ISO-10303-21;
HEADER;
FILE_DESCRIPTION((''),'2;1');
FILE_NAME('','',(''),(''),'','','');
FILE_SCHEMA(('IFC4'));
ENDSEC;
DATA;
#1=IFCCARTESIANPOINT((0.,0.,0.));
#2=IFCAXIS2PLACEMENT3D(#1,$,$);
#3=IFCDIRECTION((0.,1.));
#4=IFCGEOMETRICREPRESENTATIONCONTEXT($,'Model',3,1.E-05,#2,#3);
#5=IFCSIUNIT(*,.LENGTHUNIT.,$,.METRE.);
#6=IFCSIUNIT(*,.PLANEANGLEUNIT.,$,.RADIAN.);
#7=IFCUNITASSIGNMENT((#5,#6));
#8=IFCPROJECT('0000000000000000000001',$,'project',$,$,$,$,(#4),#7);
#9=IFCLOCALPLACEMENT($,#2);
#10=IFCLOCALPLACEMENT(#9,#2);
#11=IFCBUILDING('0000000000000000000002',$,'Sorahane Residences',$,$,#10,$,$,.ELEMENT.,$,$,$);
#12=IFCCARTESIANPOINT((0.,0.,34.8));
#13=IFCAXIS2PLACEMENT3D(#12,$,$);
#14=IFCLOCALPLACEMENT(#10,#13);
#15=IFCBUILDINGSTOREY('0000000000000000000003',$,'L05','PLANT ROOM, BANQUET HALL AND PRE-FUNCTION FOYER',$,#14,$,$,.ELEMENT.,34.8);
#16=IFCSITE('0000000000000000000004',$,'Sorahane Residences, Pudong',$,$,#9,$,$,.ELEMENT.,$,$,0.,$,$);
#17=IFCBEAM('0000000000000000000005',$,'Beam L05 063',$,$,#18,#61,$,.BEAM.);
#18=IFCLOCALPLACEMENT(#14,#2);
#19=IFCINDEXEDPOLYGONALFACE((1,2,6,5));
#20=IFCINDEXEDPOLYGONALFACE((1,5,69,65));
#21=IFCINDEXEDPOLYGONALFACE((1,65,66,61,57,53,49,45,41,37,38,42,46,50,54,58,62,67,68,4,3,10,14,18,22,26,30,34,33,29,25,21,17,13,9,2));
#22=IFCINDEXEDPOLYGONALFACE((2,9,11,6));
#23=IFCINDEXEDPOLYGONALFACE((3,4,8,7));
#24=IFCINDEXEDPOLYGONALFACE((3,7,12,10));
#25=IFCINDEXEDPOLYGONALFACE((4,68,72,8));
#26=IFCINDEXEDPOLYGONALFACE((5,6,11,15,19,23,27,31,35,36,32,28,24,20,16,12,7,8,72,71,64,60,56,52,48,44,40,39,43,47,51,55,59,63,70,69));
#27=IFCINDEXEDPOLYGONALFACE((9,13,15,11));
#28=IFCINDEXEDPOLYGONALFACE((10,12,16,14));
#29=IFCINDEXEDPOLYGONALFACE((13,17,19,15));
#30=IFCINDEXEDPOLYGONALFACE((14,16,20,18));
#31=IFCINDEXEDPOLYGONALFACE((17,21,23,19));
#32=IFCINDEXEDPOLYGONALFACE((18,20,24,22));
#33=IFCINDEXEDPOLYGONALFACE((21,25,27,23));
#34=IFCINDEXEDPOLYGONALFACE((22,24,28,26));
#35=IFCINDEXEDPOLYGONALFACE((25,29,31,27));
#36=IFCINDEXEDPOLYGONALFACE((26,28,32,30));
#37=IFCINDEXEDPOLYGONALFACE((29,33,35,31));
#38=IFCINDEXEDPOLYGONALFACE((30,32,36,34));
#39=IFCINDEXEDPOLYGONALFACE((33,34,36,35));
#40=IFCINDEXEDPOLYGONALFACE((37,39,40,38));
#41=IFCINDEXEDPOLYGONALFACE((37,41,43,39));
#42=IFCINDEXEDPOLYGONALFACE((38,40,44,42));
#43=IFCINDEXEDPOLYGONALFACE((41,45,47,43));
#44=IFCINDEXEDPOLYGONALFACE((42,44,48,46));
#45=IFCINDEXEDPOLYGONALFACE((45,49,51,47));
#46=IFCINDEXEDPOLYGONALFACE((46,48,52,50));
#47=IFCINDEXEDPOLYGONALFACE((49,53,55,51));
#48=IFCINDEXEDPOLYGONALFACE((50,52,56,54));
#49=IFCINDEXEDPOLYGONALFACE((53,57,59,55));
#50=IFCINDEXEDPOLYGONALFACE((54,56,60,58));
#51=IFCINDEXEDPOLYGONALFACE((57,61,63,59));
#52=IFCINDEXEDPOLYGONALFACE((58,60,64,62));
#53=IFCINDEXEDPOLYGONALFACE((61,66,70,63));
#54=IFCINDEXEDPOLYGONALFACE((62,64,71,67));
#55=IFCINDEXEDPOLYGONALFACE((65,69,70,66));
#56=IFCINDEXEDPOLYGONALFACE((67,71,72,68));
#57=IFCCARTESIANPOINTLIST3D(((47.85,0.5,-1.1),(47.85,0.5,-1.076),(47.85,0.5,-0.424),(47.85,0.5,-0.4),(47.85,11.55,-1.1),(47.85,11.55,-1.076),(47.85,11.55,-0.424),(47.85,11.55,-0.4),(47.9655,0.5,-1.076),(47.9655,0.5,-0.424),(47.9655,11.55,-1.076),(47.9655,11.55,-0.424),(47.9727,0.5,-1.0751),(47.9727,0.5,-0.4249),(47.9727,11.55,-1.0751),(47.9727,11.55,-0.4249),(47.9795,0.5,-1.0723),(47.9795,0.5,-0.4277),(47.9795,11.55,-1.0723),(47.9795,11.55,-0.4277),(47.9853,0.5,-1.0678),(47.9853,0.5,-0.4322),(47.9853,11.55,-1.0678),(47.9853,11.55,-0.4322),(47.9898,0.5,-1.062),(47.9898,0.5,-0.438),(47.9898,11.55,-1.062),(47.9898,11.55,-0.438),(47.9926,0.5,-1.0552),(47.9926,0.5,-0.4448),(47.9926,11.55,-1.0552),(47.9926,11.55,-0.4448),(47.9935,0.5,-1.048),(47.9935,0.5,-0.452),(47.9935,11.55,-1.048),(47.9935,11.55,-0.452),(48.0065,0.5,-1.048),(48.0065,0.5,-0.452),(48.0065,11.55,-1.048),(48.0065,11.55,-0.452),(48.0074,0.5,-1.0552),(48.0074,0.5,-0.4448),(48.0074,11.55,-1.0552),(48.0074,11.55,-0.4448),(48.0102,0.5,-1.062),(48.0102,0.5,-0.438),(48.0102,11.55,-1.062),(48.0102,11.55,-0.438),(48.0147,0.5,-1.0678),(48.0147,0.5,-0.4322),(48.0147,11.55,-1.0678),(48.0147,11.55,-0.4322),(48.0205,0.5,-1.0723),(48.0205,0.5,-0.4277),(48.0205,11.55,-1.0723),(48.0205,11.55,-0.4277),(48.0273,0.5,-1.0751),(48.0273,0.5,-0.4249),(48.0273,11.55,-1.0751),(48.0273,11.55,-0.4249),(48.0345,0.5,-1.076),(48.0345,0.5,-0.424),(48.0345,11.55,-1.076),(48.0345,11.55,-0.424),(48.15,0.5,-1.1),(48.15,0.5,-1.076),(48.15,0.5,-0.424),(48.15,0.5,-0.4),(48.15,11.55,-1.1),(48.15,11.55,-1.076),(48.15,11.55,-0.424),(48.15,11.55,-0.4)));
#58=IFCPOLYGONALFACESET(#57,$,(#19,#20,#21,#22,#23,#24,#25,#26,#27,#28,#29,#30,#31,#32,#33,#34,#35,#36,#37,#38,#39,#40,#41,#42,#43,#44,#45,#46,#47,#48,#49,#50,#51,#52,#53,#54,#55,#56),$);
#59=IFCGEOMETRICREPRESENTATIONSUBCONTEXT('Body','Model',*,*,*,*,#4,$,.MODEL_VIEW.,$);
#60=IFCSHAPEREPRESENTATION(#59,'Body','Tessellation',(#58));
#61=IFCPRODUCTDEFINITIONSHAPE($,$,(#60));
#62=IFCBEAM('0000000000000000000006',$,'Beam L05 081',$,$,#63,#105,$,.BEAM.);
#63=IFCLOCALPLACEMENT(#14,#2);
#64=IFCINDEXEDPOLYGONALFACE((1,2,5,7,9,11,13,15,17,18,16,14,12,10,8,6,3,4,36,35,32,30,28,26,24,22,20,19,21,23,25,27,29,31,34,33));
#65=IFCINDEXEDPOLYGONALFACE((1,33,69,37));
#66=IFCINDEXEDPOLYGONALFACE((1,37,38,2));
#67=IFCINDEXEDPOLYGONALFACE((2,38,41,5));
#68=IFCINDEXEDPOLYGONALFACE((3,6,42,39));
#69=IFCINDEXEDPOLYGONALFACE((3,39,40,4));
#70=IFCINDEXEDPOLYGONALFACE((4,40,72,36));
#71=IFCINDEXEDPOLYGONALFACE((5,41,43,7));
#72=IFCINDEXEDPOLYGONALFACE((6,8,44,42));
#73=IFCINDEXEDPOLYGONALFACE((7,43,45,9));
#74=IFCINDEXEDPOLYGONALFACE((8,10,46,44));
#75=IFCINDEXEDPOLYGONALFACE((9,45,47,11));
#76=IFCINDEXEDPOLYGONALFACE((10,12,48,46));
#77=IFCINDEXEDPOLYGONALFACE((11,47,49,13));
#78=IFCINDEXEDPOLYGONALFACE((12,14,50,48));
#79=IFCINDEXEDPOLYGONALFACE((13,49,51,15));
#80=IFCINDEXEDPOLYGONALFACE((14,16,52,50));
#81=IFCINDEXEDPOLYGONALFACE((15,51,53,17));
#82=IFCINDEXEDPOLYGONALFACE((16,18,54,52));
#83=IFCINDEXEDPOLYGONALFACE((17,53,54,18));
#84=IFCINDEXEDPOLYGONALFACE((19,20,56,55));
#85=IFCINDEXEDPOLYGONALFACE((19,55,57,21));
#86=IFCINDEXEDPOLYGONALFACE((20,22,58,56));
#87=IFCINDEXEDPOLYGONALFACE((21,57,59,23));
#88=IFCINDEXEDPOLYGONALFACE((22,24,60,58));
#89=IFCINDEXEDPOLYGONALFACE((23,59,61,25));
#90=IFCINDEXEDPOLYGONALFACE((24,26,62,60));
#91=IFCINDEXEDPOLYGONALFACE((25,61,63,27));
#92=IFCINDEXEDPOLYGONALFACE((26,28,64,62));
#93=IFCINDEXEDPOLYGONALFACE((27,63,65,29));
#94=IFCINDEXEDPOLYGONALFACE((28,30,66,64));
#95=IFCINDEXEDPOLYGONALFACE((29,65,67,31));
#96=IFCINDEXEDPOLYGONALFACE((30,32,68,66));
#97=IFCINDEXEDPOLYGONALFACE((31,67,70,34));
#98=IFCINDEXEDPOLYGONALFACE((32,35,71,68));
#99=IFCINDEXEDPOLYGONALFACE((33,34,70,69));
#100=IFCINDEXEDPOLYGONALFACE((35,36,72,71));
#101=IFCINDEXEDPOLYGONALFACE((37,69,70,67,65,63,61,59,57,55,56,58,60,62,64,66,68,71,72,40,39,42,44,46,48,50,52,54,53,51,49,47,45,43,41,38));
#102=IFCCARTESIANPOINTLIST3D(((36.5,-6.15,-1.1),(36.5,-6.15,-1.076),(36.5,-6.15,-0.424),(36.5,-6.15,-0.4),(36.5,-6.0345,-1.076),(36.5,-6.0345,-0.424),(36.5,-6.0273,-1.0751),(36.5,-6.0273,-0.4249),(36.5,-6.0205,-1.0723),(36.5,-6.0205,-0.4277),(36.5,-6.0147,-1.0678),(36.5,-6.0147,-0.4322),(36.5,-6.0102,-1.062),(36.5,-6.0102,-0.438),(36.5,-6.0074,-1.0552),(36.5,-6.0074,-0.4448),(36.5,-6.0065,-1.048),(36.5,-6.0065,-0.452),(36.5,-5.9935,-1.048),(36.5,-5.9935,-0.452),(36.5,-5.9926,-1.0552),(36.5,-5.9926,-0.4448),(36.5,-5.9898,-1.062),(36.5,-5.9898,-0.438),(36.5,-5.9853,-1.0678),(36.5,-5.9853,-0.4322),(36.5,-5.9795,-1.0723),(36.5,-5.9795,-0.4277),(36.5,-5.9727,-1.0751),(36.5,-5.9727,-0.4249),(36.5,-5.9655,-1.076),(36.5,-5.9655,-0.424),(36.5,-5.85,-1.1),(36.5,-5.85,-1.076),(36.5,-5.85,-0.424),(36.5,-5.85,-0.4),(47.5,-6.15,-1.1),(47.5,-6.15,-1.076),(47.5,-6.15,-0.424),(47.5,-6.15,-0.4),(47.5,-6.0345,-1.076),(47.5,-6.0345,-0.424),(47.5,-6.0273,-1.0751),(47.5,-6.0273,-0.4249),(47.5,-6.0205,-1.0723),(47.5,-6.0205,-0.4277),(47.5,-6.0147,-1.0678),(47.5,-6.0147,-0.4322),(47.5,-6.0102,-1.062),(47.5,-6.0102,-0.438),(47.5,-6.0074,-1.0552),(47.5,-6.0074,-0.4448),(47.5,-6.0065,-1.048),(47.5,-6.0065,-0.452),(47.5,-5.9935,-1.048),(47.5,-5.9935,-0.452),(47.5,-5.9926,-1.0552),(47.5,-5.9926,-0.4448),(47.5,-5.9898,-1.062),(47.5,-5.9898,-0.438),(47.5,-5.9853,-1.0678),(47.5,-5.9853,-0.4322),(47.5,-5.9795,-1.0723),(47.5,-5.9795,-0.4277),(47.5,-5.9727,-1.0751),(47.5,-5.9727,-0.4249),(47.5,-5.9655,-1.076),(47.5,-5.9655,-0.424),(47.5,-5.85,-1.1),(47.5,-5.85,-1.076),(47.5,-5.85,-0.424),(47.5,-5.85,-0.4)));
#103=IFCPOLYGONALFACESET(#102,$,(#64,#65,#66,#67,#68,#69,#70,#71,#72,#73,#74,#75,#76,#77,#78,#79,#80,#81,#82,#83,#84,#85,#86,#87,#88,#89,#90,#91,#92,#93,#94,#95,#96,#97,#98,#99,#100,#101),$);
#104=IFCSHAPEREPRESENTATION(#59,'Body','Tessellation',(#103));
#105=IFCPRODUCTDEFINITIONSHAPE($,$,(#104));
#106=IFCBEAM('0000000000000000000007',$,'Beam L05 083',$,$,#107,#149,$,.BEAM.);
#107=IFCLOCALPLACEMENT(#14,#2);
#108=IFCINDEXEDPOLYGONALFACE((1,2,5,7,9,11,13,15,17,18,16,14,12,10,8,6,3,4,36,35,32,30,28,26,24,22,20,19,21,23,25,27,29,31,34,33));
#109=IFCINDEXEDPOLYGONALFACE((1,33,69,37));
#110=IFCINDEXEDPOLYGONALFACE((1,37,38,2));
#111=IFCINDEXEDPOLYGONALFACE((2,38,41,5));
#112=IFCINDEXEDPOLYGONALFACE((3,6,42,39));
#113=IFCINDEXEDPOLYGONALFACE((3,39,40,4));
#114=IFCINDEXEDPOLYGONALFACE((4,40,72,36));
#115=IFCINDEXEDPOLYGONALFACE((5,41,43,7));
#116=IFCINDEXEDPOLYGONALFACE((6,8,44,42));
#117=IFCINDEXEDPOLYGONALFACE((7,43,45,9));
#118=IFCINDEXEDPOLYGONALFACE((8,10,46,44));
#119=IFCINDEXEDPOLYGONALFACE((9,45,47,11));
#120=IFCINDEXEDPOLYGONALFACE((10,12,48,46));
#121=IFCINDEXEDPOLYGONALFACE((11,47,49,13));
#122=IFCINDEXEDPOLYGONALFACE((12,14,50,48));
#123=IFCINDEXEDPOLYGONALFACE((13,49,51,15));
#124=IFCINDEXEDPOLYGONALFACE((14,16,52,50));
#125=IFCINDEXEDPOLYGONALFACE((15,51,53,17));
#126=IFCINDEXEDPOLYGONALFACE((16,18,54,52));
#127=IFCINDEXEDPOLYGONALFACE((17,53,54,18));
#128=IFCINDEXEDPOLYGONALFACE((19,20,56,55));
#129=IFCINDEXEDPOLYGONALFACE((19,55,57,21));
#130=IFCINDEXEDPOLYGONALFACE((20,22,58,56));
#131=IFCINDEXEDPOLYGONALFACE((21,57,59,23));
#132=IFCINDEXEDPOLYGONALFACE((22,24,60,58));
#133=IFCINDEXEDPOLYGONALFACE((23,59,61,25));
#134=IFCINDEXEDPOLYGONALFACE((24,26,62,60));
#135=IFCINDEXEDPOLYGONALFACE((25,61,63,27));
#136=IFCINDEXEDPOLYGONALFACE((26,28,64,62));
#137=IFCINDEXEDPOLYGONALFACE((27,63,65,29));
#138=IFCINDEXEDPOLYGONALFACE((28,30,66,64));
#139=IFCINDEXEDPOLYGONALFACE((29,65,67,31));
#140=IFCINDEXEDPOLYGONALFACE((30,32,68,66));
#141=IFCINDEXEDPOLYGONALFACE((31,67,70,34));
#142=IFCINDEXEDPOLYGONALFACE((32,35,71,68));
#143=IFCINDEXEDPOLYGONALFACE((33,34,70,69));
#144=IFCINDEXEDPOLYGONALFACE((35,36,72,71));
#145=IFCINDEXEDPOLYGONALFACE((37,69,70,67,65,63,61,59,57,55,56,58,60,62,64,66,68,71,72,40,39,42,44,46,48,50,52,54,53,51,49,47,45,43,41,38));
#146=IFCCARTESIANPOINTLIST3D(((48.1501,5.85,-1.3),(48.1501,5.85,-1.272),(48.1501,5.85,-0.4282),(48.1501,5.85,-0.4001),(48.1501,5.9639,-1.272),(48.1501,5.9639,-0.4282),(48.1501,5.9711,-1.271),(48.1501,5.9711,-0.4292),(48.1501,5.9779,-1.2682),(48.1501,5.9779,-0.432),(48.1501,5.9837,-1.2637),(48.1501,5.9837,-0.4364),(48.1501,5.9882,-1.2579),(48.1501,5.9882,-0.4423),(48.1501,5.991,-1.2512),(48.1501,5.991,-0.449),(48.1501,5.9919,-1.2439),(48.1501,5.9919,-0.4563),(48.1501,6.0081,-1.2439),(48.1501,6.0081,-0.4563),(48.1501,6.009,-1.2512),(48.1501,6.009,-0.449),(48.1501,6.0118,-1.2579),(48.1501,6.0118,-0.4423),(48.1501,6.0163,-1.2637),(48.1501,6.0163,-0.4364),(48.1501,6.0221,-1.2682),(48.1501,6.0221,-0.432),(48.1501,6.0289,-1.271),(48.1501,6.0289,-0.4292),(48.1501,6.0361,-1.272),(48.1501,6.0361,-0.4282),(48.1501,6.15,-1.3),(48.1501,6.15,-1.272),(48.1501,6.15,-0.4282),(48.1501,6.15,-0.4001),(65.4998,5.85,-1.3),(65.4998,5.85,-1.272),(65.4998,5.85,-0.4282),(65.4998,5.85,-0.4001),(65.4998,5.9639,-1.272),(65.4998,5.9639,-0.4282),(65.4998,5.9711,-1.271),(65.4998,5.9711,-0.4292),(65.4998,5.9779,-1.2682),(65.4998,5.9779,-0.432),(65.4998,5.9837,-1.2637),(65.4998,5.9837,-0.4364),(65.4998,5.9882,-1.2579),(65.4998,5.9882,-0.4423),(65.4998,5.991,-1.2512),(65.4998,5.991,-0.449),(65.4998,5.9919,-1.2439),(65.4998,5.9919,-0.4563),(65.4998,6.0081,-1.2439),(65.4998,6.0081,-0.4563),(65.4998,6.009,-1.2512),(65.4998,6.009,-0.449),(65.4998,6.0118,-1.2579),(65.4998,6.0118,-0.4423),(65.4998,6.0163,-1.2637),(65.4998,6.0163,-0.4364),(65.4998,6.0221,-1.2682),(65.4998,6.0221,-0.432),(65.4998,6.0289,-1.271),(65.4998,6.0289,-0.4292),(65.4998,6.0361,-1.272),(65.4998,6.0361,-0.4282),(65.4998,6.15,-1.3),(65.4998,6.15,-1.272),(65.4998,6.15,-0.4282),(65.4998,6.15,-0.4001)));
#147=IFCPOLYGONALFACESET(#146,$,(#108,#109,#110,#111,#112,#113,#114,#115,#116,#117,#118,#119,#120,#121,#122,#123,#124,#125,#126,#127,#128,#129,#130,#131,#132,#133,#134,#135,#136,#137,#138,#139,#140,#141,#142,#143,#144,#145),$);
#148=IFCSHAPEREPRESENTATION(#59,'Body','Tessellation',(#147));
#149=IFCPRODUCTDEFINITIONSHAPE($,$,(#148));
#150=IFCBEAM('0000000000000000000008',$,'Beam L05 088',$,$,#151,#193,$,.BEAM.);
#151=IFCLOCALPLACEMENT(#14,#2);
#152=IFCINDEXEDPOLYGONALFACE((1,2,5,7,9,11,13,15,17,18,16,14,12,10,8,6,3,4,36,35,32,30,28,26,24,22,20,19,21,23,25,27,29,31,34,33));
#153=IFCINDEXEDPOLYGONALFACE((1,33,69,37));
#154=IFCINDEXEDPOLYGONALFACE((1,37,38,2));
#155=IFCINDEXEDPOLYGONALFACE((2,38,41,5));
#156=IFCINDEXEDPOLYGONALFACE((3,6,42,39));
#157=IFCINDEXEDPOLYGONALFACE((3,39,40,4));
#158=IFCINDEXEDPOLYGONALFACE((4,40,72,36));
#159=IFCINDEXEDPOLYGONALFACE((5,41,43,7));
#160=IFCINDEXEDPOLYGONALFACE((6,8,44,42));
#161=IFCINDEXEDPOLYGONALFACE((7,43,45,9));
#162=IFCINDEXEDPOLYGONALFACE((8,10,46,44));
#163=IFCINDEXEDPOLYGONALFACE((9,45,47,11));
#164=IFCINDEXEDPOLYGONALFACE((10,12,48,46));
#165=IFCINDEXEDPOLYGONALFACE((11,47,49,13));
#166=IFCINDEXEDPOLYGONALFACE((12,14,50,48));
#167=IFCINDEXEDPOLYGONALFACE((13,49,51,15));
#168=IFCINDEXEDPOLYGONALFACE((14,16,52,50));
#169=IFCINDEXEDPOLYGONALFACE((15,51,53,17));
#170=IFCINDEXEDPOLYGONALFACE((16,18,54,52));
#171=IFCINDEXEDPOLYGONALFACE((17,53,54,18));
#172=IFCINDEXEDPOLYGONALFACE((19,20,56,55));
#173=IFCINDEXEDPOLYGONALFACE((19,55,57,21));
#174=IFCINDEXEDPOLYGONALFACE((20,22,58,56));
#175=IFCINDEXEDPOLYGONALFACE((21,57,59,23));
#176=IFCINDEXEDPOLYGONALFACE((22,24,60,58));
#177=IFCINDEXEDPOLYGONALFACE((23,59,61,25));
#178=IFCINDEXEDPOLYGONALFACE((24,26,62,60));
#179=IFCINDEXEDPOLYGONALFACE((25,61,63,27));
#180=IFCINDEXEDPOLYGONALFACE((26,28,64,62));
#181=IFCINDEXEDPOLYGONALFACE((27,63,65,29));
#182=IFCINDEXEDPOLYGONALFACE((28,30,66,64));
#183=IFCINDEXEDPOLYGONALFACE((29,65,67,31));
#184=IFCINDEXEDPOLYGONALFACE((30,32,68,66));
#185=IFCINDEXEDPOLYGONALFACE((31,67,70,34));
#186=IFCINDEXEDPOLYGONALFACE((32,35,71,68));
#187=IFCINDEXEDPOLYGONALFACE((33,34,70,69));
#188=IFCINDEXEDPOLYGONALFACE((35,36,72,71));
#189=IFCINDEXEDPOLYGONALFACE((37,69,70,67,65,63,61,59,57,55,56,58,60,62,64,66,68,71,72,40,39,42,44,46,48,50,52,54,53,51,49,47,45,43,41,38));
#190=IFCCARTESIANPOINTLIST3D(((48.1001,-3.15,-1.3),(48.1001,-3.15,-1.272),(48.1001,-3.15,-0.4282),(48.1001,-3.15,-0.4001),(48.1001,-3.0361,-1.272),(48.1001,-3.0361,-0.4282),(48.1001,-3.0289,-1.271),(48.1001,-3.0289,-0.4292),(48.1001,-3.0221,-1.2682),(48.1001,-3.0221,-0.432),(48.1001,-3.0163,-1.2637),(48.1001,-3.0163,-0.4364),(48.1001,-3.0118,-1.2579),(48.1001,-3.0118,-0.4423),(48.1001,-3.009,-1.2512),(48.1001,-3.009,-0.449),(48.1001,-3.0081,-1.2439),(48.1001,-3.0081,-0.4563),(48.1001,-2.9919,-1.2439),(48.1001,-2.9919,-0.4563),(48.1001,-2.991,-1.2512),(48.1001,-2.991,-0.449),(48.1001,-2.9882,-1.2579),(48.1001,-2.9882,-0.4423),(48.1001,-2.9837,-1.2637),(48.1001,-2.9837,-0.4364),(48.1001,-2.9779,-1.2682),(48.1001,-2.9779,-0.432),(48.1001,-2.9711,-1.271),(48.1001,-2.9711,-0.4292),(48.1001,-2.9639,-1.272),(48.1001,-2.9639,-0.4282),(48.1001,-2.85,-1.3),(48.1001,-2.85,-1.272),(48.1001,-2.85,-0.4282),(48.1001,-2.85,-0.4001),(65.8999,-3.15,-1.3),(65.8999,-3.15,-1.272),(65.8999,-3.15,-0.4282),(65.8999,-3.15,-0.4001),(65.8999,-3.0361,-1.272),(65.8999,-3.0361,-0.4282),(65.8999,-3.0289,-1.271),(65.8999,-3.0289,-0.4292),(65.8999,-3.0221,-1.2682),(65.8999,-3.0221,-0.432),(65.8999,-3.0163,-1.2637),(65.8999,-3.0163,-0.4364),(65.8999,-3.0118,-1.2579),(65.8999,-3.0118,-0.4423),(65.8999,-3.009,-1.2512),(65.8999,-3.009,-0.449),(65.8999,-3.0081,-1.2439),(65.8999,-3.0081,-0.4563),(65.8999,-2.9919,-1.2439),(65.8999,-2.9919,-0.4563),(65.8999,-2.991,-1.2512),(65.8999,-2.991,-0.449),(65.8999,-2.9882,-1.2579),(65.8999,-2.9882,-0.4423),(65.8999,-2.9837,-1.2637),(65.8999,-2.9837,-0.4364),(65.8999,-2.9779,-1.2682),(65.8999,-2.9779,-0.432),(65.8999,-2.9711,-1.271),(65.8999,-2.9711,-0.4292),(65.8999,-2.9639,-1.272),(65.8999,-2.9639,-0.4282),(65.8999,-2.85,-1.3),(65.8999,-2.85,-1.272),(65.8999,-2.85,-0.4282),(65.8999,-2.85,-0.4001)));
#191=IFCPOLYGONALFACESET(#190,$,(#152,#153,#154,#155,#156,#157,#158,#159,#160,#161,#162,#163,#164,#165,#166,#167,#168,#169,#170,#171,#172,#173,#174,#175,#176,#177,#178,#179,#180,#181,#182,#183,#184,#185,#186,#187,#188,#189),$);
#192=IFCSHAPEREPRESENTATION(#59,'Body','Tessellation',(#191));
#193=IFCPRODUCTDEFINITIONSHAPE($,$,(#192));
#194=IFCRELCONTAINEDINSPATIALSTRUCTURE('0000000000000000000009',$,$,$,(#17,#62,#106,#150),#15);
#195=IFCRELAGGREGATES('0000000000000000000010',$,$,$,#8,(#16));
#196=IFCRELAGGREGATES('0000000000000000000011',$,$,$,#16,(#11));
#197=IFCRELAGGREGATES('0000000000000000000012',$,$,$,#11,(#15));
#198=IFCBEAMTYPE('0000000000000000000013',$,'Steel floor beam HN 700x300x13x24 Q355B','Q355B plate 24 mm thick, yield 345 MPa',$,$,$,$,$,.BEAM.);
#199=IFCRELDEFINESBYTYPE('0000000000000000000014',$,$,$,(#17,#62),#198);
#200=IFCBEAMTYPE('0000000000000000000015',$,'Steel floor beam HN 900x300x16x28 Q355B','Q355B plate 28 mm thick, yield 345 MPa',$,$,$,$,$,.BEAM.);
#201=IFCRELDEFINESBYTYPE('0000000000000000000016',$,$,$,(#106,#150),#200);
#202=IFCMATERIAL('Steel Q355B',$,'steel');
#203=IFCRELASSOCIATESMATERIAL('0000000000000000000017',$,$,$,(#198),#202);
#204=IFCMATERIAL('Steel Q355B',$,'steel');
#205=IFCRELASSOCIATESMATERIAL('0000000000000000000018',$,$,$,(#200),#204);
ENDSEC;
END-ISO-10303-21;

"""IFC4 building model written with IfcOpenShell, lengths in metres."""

from ifc_helpers import new_model, si_unit, direction, frame, origin, origin_2d, place, context, subcontext, project, spatial, i_section, extrude, material, material_profile, profile_set, type_object, element, save


model = new_model("IFC4")

# Units and contexts
model_context = context("Model", 3, precision=1e-05, world=origin(), true_north=direction((0.0, 1.0)))
body_context = subcontext(model_context, "Body", "Model", "MODEL_VIEW")
ifc_project = project(units=[si_unit("LENGTHUNIT", "METRE"), si_unit("PLANEANGLEUNIT", "RADIAN")], contexts=[model_context])

# Site, building, storey
site_placement = place(None, origin())
site = spatial("IfcSite", under=ifc_project, at=site_placement, Name="Sorahane Residences, Pudong", CompositionType="ELEMENT", RefElevation=0.0)
building_placement = place(site_placement, origin())
building = spatial("IfcBuilding", under=site, at=building_placement, Name="Sorahane Residences", CompositionType="ELEMENT")
storey_placement = place(building_placement, frame((0.0, 0.0, 34.8)))
storey = spatial("IfcBuildingStorey", under=building, at=storey_placement, Name="L05", Description="PLANT ROOM, BANQUET HALL AND PRE-FUNCTION FOYER", CompositionType="ELEMENT", Elevation=34.8)

# Beams
ifc_material_1 = material(Name="Steel Q355B", Category="steel")
ifc_material_profile_1 = material_profile(ifc_material_1, i_section(OverallWidth=0.3, OverallDepth=0.7, WebThickness=0.0129, FlangeThickness=0.0239, FilletRadius=0.0281, at=origin_2d()), Name="HN 700x300x13x24")
ifc_profile_set_1 = profile_set([ifc_material_profile_1], Name="Steel Q355B")
beam_type_1 = type_object("IfcBeamType", Name="Steel floor beam HN 700x300x13x24 Q355B", Description="Q355B plate 24 mm thick, yield 345 MPa", PredefinedType="BEAM", material=ifc_profile_set_1)
beam_1_placement = place(storey_placement, frame((48.0, 0.5, -0.75), z_axis=(0.0, 1.0, 0.0), x_axis=(-1.0, 0.0, 0.0)))
element("IfcBeam", 1, at=beam_1_placement, inside=storey, type_object=beam_type_1, Name="Beam L05 063", PredefinedType="BEAM", context=body_context, shape_type="SweptSolid", body=[
    extrude(i_section(OverallWidth=0.3, OverallDepth=0.7, WebThickness=0.0129, FlangeThickness=0.0239, FilletRadius=0.0281, at=origin_2d()), origin(), (0.0, 0.0, 1.0), 11.05),
])
beam_2_placement = place(storey_placement, frame((36.5, -6.0, -0.75), z_axis=(1.0, 0.0, 0.0), x_axis=(0.0, 1.0, 0.0)))
element("IfcBeam", 2, at=beam_2_placement, inside=storey, type_object=beam_type_1, Name="Beam L05 081", PredefinedType="BEAM", context=body_context, shape_type="SweptSolid", body=[
    extrude(i_section(OverallWidth=0.3, OverallDepth=0.7, WebThickness=0.0129, FlangeThickness=0.0239, FilletRadius=0.0281, at=origin_2d()), origin(), (0.0, 0.0, 1.0), 11.0),
])
ifc_material_2 = material(Name="Steel Q355B", Category="steel")
ifc_material_profile_2 = material_profile(ifc_material_2, i_section(OverallWidth=0.3, OverallDepth=0.8999, WebThickness=0.0161, FlangeThickness=0.0281, FilletRadius=0.0281, at=origin_2d()), Name="HN 900x300x16x28")
ifc_profile_set_2 = profile_set([ifc_material_profile_2], Name="Steel Q355B")
beam_type_2 = type_object("IfcBeamType", Name="Steel floor beam HN 900x300x16x28 Q355B", Description="Q355B plate 28 mm thick, yield 345 MPa", PredefinedType="BEAM", material=ifc_profile_set_2)
beam_3_placement = place(storey_placement, frame((48.1501, 6.0, -0.8501), z_axis=(1.0, 0.0, 0.0), x_axis=(0.0, 1.0, 0.0)))
element("IfcBeam", 3, at=beam_3_placement, inside=storey, type_object=beam_type_2, Name="Beam L05 083", PredefinedType="BEAM", context=body_context, shape_type="SweptSolid", body=[
    extrude(i_section(OverallWidth=0.3, OverallDepth=0.8999, WebThickness=0.0161, FlangeThickness=0.0281, FilletRadius=0.0281, at=origin_2d()), origin(), (0.0, 0.0, 1.0), 17.3496),
])
beam_4_placement = place(storey_placement, frame((48.1001, -3.0, -0.8501), z_axis=(1.0, 0.0, 0.0), x_axis=(0.0, 1.0, 0.0)))
element("IfcBeam", 4, at=beam_4_placement, inside=storey, type_object=beam_type_2, Name="Beam L05 088", PredefinedType="BEAM", context=body_context, shape_type="SweptSolid", body=[
    extrude(i_section(OverallWidth=0.3, OverallDepth=0.8999, WebThickness=0.0161, FlangeThickness=0.0281, FilletRadius=0.0281, at=origin_2d()), origin(), (0.0, 0.0, 1.0), 17.7998),
])

save(model, "model.ifc")
